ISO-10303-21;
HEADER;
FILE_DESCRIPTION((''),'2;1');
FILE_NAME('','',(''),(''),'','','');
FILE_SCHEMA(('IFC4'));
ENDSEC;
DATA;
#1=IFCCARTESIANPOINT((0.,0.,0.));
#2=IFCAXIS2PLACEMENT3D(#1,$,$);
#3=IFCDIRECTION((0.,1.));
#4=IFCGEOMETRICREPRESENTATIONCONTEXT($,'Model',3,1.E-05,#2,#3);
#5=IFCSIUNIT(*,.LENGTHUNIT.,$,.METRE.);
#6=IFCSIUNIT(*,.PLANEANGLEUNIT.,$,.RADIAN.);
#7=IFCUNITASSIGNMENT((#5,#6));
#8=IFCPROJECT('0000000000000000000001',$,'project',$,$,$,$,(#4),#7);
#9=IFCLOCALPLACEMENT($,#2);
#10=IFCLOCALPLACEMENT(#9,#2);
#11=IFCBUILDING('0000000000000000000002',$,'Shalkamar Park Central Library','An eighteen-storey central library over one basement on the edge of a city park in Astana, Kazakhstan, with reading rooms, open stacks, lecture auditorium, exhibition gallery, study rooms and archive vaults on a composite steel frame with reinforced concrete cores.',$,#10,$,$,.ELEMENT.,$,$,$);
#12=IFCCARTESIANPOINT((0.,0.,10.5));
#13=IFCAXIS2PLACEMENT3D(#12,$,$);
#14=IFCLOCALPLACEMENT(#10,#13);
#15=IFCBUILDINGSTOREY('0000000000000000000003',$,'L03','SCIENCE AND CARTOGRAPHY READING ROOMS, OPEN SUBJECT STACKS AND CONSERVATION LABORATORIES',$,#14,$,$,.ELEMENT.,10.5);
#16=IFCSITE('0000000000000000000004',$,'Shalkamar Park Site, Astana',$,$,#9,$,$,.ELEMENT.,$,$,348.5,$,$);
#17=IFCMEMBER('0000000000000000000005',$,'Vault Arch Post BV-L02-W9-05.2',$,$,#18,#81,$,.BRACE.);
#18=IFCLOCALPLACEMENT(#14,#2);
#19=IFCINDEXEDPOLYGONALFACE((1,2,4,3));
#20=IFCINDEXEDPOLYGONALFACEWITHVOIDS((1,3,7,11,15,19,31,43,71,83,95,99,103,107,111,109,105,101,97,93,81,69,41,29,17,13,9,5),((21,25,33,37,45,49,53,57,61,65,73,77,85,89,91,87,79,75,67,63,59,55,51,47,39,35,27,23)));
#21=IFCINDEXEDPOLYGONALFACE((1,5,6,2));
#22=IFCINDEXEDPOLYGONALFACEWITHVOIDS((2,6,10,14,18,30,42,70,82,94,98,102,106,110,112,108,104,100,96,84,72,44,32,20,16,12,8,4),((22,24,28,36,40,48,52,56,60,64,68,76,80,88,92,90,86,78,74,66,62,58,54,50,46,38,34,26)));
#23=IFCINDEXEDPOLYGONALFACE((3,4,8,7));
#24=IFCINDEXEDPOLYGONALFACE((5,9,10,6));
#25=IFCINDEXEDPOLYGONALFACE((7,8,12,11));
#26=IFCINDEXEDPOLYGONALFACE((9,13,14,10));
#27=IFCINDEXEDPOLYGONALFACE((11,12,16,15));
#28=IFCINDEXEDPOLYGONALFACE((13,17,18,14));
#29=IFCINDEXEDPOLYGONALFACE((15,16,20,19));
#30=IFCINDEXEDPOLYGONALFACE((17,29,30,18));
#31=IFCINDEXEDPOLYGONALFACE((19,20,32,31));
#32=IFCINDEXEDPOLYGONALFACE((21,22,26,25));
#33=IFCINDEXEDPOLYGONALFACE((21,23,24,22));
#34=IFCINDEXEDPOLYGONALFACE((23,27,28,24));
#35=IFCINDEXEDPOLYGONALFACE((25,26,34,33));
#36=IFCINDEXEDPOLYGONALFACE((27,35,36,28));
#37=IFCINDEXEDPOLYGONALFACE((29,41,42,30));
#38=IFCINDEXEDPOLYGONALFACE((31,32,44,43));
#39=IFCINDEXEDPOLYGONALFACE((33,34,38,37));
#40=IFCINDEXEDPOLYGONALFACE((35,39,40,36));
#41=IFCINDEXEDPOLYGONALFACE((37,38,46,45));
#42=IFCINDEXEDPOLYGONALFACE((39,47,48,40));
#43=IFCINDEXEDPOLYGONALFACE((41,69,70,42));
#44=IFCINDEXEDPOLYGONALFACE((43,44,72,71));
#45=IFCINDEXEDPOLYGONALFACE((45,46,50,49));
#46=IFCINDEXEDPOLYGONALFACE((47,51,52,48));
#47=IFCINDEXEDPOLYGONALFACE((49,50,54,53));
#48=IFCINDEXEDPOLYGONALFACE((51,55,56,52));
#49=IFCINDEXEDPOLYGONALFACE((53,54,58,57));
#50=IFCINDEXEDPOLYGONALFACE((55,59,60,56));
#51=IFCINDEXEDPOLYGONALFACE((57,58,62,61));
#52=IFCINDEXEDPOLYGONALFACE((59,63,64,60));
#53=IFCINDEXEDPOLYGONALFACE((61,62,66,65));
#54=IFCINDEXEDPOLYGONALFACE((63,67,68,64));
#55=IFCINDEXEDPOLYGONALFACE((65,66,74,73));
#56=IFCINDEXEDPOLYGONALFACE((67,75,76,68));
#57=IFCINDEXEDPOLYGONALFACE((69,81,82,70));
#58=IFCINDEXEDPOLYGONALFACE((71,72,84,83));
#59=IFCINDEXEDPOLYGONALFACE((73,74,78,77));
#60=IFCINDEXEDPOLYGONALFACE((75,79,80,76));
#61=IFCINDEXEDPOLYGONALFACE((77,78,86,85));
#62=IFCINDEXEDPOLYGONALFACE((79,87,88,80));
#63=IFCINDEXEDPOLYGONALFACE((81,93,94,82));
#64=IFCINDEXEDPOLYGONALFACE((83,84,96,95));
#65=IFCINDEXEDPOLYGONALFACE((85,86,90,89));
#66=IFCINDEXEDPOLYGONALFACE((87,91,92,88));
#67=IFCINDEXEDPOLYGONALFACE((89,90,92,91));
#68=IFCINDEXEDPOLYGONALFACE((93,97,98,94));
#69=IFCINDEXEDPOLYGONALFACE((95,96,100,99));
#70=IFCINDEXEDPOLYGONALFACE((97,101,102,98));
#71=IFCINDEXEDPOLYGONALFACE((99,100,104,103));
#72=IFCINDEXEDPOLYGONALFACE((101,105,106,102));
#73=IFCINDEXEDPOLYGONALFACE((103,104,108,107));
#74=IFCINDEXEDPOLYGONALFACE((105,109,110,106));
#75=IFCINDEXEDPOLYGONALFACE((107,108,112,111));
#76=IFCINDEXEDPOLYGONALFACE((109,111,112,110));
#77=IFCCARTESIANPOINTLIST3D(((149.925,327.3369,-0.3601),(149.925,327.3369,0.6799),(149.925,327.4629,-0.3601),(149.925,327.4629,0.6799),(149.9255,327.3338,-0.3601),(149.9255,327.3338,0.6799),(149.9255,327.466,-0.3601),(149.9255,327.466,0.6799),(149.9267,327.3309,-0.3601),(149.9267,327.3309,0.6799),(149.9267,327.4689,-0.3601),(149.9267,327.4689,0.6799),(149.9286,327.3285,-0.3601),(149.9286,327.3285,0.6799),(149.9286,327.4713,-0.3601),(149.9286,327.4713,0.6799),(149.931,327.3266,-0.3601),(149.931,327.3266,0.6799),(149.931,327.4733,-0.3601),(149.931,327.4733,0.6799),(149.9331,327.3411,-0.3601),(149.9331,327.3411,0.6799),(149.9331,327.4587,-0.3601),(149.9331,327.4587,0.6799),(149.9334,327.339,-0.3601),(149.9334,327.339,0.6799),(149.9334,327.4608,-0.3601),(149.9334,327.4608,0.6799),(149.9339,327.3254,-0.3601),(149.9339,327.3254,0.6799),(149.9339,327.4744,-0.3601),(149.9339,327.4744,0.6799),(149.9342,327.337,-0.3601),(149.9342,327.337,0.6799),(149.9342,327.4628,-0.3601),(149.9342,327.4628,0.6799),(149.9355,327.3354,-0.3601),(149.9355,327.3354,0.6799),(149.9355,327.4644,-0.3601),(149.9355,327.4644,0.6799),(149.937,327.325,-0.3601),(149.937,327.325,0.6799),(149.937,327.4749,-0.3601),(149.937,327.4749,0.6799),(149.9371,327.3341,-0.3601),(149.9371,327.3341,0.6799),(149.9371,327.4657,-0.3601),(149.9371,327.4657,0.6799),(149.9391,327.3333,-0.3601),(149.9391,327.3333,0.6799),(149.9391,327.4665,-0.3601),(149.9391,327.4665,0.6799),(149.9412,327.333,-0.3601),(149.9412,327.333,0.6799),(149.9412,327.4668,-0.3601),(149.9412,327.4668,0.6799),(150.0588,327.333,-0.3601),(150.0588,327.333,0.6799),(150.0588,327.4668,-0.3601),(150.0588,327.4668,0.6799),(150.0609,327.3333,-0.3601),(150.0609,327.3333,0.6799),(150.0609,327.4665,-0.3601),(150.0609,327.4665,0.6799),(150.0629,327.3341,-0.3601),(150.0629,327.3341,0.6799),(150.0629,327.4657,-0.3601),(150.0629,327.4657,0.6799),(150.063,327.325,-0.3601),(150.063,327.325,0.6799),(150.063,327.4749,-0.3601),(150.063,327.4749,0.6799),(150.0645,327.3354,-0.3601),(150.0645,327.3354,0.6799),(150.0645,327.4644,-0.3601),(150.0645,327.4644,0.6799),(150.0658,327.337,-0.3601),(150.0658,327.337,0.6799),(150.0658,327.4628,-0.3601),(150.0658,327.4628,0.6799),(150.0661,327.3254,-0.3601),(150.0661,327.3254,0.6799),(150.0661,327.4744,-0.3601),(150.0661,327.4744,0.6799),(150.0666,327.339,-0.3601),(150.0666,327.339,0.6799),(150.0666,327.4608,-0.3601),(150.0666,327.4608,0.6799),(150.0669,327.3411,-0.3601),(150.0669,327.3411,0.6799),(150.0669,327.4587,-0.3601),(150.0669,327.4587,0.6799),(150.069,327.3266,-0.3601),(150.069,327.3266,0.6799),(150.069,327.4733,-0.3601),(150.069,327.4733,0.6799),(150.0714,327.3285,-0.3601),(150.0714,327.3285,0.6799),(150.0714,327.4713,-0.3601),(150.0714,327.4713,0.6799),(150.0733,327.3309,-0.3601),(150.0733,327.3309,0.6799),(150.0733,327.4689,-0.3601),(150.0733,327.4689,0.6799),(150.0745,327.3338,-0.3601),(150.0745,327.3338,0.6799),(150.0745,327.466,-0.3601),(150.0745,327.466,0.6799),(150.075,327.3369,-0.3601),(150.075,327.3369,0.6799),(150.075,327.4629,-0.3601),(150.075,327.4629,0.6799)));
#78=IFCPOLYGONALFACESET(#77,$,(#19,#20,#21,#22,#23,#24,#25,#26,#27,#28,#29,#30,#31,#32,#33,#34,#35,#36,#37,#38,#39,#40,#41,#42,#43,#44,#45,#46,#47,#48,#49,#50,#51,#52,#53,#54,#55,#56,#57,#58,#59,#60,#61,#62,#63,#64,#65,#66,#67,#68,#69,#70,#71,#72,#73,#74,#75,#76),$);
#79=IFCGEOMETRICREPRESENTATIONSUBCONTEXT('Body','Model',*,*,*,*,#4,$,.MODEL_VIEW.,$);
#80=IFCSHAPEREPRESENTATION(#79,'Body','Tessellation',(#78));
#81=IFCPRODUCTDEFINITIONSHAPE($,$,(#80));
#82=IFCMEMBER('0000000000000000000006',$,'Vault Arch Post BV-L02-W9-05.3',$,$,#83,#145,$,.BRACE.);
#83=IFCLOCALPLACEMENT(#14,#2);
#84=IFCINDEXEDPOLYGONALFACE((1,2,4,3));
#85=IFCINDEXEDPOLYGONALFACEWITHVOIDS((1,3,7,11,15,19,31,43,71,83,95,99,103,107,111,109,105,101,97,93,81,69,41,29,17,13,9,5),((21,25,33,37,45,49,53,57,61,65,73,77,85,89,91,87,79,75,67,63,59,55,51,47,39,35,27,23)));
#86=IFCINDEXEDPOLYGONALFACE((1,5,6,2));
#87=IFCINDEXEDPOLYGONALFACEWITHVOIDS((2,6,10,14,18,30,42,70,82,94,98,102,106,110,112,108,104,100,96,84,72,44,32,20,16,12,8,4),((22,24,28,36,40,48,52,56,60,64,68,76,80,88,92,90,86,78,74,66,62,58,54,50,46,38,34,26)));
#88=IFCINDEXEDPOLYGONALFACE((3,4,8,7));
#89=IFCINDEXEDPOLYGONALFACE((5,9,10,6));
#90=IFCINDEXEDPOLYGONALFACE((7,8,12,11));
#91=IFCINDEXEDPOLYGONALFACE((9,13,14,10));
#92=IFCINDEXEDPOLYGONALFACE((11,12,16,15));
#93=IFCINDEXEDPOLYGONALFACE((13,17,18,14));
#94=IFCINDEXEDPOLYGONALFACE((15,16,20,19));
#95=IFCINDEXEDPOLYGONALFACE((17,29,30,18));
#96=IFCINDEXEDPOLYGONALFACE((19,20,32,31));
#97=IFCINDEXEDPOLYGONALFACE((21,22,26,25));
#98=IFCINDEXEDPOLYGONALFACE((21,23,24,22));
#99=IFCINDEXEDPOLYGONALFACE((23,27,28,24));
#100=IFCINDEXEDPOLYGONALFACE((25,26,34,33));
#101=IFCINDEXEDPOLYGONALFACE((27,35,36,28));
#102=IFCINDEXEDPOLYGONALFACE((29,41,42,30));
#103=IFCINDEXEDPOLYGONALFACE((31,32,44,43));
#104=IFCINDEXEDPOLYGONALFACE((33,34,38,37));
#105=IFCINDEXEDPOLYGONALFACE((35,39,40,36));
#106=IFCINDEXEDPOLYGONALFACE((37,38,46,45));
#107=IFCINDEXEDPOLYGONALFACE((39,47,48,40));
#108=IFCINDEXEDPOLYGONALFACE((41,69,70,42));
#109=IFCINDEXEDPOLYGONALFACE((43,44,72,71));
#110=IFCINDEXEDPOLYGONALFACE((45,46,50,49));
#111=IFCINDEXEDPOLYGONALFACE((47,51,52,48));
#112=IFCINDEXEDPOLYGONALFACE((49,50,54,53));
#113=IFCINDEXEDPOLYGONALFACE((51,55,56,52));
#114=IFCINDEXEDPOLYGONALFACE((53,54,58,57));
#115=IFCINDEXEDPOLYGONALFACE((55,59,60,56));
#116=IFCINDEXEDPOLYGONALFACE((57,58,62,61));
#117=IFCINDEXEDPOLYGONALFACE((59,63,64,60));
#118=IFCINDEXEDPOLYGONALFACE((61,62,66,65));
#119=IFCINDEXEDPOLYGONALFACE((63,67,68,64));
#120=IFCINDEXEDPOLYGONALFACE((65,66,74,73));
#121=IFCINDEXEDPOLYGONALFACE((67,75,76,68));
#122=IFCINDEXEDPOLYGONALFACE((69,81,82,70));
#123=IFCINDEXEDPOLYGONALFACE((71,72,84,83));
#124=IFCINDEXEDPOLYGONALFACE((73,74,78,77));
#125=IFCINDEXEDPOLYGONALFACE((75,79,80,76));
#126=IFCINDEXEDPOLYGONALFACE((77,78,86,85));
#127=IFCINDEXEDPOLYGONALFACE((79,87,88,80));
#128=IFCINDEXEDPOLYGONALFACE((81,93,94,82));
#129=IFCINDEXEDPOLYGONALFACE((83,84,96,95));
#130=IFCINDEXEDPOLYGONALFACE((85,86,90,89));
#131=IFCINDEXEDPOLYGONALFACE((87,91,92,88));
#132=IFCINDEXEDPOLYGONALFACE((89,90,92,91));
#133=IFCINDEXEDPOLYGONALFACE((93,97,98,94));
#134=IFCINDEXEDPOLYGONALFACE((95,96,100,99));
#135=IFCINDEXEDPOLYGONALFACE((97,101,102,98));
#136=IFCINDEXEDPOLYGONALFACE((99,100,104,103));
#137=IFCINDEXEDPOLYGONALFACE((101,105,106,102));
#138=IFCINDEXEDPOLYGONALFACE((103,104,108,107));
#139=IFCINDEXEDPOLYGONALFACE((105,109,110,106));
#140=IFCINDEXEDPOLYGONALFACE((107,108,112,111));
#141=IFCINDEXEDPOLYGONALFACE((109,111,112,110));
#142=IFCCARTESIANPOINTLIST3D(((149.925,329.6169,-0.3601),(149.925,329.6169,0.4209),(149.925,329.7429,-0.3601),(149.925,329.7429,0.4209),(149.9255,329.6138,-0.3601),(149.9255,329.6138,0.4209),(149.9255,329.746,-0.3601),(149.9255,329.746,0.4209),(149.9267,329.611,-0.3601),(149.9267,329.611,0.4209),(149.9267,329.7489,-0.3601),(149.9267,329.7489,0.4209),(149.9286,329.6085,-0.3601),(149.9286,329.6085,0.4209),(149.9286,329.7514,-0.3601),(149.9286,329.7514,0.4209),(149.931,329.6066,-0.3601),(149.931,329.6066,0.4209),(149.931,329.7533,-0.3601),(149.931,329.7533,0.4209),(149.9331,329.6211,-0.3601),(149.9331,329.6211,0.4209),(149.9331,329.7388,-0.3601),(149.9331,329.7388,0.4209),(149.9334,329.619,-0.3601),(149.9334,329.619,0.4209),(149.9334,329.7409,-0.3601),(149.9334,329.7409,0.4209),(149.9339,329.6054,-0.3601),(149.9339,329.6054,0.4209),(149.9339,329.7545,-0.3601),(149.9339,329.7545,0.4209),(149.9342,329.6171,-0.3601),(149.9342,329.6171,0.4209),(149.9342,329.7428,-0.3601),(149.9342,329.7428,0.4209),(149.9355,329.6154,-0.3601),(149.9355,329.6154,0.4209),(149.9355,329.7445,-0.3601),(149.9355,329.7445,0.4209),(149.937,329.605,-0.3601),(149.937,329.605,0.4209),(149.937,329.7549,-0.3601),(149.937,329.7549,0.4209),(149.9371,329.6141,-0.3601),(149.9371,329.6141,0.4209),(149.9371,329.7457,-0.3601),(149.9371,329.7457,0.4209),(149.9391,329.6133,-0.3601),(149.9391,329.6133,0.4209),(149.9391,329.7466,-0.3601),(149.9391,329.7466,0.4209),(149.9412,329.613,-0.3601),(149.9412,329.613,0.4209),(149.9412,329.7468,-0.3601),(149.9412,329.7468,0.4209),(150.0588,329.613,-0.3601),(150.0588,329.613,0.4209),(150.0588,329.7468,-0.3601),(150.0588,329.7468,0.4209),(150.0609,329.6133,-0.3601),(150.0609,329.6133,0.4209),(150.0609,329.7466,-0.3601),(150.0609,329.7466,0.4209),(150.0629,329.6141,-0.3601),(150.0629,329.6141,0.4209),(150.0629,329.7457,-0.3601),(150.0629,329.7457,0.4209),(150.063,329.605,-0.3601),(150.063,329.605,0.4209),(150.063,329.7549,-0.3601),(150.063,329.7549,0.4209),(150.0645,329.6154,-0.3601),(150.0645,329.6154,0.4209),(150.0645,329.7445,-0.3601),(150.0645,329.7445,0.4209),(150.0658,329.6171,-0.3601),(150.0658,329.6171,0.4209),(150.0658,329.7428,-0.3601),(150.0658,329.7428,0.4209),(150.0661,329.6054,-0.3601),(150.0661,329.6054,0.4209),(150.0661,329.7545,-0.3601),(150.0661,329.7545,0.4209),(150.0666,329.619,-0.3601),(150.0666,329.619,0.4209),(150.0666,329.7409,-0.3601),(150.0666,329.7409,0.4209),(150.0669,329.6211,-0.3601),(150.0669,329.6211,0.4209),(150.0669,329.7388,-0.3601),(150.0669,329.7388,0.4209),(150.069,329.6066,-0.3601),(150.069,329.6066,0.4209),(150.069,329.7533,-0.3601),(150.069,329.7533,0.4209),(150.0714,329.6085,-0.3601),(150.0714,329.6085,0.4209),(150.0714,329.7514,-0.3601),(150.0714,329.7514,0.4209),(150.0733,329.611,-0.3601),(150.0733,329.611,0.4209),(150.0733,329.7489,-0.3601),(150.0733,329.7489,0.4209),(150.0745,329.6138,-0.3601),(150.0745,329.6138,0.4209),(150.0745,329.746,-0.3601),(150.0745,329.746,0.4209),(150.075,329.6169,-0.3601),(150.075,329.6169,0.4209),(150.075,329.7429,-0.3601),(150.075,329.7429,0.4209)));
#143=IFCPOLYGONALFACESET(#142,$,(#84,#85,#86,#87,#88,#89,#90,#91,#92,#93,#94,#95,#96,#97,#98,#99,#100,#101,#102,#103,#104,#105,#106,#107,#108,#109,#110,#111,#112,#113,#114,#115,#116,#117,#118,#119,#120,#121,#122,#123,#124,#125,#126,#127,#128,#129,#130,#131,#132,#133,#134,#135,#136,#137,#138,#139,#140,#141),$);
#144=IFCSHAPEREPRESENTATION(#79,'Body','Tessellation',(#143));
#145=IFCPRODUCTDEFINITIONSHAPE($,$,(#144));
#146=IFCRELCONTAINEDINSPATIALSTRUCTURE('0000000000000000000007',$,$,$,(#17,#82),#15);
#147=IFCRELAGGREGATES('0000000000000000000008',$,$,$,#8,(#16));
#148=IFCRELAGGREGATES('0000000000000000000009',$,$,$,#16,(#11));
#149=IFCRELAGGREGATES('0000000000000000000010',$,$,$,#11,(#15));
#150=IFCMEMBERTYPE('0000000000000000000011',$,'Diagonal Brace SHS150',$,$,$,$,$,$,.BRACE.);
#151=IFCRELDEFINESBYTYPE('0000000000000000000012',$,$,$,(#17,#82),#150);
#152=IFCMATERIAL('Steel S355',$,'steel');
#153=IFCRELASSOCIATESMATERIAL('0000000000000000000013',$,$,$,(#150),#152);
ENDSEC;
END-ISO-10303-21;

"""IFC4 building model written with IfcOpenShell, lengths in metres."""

from ifc_helpers import new_model, si_unit, direction, frame, origin, origin_2d, place, context, subcontext, project, spatial, hollow_rectangle, extrude, material, material_profile, profile_set, type_object, element, save


model = new_model("IFC4")

# Units and contexts
model_context = context("Model", 3, precision=1e-05, world=origin(), true_north=direction((0.0, 1.0)))
body_context = subcontext(model_context, "Body", "Model", "MODEL_VIEW")
ifc_project = project(units=[si_unit("LENGTHUNIT", "METRE"), si_unit("PLANEANGLEUNIT", "RADIAN")], contexts=[model_context])

# Site, building, storey
site_placement = place(None, origin())
site = spatial("IfcSite", under=ifc_project, at=site_placement, Name="Shalkamar Park Site, Astana", CompositionType="ELEMENT", RefElevation=348.5)
building_placement = place(site_placement, origin())
building = spatial("IfcBuilding", under=site, at=building_placement, Name="Shalkamar Park Central Library", Description="An eighteen-storey central library over one basement on the edge of a city park in Astana, Kazakhstan, with reading rooms, open stacks, lecture auditorium, exhibition gallery, study rooms and archive vaults on a composite steel frame with reinforced concrete cores.", CompositionType="ELEMENT")
storey_placement = place(building_placement, frame((0.0, 0.0, 10.5)))
storey = spatial("IfcBuildingStorey", under=building, at=storey_placement, Name="L03", Description="SCIENCE AND CARTOGRAPHY READING ROOMS, OPEN SUBJECT STACKS AND CONSERVATION LABORATORIES", CompositionType="ELEMENT", Elevation=10.5)

# Shared definitions
ifc_material_1 = material(Name="Steel S355", Category="steel")

# Members
ifc_material_profile_1 = material_profile(ifc_material_1, hollow_rectangle(XDim=0.1499, YDim=0.1499, WallThickness=0.0081, InnerFilletRadius=0.0081, OuterFilletRadius=0.012, at=origin_2d()), Name="SHS 150x150x8")
ifc_profile_set_1 = profile_set([ifc_material_profile_1], Name="Steel S355")
member_type_1 = type_object("IfcMemberType", Name="Diagonal Brace SHS150", PredefinedType="BRACE", material=ifc_profile_set_1)
member_1_placement = place(storey_placement, frame((150.0, 327.3999, -0.3601), z_axis=(0.0, 0.0, 1.0), x_axis=(1.0, 0.0, 0.0)))
element("IfcMember", 1, at=member_1_placement, inside=storey, type_object=member_type_1, Name="Vault Arch Post BV-L02-W9-05.2", PredefinedType="BRACE", context=body_context, shape_type="SweptSolid", body=[
    extrude(hollow_rectangle(XDim=0.1499, YDim=0.1499, WallThickness=0.0081, InnerFilletRadius=0.0081, OuterFilletRadius=0.012, at=origin_2d()), origin(), (0.0, 0.0, 1.0), 1.04),
])
for number, where, z_axis, x_axis, name in (
    (2, (150.0, 329.6799, -0.3601), (0.0, 0.0, 1.0), (1.0, 0.0, 0.0), "Vault Arch Post BV-L02-W9-05.3"),
):
    element("IfcMember", number, at=place(storey_placement, frame(where, z_axis=z_axis, x_axis=x_axis)), inside=storey, type_object=member_type_1, Name=name, PredefinedType="BRACE", context=body_context, shape_type="SweptSolid", body=[
        extrude(hollow_rectangle(XDim=0.1499, YDim=0.1499, WallThickness=0.0081, InnerFilletRadius=0.0081, OuterFilletRadius=0.012, at=origin_2d()), origin(), (0.0, 0.0, 1.0), 0.781),
    ])

save(model, "model.ifc")
